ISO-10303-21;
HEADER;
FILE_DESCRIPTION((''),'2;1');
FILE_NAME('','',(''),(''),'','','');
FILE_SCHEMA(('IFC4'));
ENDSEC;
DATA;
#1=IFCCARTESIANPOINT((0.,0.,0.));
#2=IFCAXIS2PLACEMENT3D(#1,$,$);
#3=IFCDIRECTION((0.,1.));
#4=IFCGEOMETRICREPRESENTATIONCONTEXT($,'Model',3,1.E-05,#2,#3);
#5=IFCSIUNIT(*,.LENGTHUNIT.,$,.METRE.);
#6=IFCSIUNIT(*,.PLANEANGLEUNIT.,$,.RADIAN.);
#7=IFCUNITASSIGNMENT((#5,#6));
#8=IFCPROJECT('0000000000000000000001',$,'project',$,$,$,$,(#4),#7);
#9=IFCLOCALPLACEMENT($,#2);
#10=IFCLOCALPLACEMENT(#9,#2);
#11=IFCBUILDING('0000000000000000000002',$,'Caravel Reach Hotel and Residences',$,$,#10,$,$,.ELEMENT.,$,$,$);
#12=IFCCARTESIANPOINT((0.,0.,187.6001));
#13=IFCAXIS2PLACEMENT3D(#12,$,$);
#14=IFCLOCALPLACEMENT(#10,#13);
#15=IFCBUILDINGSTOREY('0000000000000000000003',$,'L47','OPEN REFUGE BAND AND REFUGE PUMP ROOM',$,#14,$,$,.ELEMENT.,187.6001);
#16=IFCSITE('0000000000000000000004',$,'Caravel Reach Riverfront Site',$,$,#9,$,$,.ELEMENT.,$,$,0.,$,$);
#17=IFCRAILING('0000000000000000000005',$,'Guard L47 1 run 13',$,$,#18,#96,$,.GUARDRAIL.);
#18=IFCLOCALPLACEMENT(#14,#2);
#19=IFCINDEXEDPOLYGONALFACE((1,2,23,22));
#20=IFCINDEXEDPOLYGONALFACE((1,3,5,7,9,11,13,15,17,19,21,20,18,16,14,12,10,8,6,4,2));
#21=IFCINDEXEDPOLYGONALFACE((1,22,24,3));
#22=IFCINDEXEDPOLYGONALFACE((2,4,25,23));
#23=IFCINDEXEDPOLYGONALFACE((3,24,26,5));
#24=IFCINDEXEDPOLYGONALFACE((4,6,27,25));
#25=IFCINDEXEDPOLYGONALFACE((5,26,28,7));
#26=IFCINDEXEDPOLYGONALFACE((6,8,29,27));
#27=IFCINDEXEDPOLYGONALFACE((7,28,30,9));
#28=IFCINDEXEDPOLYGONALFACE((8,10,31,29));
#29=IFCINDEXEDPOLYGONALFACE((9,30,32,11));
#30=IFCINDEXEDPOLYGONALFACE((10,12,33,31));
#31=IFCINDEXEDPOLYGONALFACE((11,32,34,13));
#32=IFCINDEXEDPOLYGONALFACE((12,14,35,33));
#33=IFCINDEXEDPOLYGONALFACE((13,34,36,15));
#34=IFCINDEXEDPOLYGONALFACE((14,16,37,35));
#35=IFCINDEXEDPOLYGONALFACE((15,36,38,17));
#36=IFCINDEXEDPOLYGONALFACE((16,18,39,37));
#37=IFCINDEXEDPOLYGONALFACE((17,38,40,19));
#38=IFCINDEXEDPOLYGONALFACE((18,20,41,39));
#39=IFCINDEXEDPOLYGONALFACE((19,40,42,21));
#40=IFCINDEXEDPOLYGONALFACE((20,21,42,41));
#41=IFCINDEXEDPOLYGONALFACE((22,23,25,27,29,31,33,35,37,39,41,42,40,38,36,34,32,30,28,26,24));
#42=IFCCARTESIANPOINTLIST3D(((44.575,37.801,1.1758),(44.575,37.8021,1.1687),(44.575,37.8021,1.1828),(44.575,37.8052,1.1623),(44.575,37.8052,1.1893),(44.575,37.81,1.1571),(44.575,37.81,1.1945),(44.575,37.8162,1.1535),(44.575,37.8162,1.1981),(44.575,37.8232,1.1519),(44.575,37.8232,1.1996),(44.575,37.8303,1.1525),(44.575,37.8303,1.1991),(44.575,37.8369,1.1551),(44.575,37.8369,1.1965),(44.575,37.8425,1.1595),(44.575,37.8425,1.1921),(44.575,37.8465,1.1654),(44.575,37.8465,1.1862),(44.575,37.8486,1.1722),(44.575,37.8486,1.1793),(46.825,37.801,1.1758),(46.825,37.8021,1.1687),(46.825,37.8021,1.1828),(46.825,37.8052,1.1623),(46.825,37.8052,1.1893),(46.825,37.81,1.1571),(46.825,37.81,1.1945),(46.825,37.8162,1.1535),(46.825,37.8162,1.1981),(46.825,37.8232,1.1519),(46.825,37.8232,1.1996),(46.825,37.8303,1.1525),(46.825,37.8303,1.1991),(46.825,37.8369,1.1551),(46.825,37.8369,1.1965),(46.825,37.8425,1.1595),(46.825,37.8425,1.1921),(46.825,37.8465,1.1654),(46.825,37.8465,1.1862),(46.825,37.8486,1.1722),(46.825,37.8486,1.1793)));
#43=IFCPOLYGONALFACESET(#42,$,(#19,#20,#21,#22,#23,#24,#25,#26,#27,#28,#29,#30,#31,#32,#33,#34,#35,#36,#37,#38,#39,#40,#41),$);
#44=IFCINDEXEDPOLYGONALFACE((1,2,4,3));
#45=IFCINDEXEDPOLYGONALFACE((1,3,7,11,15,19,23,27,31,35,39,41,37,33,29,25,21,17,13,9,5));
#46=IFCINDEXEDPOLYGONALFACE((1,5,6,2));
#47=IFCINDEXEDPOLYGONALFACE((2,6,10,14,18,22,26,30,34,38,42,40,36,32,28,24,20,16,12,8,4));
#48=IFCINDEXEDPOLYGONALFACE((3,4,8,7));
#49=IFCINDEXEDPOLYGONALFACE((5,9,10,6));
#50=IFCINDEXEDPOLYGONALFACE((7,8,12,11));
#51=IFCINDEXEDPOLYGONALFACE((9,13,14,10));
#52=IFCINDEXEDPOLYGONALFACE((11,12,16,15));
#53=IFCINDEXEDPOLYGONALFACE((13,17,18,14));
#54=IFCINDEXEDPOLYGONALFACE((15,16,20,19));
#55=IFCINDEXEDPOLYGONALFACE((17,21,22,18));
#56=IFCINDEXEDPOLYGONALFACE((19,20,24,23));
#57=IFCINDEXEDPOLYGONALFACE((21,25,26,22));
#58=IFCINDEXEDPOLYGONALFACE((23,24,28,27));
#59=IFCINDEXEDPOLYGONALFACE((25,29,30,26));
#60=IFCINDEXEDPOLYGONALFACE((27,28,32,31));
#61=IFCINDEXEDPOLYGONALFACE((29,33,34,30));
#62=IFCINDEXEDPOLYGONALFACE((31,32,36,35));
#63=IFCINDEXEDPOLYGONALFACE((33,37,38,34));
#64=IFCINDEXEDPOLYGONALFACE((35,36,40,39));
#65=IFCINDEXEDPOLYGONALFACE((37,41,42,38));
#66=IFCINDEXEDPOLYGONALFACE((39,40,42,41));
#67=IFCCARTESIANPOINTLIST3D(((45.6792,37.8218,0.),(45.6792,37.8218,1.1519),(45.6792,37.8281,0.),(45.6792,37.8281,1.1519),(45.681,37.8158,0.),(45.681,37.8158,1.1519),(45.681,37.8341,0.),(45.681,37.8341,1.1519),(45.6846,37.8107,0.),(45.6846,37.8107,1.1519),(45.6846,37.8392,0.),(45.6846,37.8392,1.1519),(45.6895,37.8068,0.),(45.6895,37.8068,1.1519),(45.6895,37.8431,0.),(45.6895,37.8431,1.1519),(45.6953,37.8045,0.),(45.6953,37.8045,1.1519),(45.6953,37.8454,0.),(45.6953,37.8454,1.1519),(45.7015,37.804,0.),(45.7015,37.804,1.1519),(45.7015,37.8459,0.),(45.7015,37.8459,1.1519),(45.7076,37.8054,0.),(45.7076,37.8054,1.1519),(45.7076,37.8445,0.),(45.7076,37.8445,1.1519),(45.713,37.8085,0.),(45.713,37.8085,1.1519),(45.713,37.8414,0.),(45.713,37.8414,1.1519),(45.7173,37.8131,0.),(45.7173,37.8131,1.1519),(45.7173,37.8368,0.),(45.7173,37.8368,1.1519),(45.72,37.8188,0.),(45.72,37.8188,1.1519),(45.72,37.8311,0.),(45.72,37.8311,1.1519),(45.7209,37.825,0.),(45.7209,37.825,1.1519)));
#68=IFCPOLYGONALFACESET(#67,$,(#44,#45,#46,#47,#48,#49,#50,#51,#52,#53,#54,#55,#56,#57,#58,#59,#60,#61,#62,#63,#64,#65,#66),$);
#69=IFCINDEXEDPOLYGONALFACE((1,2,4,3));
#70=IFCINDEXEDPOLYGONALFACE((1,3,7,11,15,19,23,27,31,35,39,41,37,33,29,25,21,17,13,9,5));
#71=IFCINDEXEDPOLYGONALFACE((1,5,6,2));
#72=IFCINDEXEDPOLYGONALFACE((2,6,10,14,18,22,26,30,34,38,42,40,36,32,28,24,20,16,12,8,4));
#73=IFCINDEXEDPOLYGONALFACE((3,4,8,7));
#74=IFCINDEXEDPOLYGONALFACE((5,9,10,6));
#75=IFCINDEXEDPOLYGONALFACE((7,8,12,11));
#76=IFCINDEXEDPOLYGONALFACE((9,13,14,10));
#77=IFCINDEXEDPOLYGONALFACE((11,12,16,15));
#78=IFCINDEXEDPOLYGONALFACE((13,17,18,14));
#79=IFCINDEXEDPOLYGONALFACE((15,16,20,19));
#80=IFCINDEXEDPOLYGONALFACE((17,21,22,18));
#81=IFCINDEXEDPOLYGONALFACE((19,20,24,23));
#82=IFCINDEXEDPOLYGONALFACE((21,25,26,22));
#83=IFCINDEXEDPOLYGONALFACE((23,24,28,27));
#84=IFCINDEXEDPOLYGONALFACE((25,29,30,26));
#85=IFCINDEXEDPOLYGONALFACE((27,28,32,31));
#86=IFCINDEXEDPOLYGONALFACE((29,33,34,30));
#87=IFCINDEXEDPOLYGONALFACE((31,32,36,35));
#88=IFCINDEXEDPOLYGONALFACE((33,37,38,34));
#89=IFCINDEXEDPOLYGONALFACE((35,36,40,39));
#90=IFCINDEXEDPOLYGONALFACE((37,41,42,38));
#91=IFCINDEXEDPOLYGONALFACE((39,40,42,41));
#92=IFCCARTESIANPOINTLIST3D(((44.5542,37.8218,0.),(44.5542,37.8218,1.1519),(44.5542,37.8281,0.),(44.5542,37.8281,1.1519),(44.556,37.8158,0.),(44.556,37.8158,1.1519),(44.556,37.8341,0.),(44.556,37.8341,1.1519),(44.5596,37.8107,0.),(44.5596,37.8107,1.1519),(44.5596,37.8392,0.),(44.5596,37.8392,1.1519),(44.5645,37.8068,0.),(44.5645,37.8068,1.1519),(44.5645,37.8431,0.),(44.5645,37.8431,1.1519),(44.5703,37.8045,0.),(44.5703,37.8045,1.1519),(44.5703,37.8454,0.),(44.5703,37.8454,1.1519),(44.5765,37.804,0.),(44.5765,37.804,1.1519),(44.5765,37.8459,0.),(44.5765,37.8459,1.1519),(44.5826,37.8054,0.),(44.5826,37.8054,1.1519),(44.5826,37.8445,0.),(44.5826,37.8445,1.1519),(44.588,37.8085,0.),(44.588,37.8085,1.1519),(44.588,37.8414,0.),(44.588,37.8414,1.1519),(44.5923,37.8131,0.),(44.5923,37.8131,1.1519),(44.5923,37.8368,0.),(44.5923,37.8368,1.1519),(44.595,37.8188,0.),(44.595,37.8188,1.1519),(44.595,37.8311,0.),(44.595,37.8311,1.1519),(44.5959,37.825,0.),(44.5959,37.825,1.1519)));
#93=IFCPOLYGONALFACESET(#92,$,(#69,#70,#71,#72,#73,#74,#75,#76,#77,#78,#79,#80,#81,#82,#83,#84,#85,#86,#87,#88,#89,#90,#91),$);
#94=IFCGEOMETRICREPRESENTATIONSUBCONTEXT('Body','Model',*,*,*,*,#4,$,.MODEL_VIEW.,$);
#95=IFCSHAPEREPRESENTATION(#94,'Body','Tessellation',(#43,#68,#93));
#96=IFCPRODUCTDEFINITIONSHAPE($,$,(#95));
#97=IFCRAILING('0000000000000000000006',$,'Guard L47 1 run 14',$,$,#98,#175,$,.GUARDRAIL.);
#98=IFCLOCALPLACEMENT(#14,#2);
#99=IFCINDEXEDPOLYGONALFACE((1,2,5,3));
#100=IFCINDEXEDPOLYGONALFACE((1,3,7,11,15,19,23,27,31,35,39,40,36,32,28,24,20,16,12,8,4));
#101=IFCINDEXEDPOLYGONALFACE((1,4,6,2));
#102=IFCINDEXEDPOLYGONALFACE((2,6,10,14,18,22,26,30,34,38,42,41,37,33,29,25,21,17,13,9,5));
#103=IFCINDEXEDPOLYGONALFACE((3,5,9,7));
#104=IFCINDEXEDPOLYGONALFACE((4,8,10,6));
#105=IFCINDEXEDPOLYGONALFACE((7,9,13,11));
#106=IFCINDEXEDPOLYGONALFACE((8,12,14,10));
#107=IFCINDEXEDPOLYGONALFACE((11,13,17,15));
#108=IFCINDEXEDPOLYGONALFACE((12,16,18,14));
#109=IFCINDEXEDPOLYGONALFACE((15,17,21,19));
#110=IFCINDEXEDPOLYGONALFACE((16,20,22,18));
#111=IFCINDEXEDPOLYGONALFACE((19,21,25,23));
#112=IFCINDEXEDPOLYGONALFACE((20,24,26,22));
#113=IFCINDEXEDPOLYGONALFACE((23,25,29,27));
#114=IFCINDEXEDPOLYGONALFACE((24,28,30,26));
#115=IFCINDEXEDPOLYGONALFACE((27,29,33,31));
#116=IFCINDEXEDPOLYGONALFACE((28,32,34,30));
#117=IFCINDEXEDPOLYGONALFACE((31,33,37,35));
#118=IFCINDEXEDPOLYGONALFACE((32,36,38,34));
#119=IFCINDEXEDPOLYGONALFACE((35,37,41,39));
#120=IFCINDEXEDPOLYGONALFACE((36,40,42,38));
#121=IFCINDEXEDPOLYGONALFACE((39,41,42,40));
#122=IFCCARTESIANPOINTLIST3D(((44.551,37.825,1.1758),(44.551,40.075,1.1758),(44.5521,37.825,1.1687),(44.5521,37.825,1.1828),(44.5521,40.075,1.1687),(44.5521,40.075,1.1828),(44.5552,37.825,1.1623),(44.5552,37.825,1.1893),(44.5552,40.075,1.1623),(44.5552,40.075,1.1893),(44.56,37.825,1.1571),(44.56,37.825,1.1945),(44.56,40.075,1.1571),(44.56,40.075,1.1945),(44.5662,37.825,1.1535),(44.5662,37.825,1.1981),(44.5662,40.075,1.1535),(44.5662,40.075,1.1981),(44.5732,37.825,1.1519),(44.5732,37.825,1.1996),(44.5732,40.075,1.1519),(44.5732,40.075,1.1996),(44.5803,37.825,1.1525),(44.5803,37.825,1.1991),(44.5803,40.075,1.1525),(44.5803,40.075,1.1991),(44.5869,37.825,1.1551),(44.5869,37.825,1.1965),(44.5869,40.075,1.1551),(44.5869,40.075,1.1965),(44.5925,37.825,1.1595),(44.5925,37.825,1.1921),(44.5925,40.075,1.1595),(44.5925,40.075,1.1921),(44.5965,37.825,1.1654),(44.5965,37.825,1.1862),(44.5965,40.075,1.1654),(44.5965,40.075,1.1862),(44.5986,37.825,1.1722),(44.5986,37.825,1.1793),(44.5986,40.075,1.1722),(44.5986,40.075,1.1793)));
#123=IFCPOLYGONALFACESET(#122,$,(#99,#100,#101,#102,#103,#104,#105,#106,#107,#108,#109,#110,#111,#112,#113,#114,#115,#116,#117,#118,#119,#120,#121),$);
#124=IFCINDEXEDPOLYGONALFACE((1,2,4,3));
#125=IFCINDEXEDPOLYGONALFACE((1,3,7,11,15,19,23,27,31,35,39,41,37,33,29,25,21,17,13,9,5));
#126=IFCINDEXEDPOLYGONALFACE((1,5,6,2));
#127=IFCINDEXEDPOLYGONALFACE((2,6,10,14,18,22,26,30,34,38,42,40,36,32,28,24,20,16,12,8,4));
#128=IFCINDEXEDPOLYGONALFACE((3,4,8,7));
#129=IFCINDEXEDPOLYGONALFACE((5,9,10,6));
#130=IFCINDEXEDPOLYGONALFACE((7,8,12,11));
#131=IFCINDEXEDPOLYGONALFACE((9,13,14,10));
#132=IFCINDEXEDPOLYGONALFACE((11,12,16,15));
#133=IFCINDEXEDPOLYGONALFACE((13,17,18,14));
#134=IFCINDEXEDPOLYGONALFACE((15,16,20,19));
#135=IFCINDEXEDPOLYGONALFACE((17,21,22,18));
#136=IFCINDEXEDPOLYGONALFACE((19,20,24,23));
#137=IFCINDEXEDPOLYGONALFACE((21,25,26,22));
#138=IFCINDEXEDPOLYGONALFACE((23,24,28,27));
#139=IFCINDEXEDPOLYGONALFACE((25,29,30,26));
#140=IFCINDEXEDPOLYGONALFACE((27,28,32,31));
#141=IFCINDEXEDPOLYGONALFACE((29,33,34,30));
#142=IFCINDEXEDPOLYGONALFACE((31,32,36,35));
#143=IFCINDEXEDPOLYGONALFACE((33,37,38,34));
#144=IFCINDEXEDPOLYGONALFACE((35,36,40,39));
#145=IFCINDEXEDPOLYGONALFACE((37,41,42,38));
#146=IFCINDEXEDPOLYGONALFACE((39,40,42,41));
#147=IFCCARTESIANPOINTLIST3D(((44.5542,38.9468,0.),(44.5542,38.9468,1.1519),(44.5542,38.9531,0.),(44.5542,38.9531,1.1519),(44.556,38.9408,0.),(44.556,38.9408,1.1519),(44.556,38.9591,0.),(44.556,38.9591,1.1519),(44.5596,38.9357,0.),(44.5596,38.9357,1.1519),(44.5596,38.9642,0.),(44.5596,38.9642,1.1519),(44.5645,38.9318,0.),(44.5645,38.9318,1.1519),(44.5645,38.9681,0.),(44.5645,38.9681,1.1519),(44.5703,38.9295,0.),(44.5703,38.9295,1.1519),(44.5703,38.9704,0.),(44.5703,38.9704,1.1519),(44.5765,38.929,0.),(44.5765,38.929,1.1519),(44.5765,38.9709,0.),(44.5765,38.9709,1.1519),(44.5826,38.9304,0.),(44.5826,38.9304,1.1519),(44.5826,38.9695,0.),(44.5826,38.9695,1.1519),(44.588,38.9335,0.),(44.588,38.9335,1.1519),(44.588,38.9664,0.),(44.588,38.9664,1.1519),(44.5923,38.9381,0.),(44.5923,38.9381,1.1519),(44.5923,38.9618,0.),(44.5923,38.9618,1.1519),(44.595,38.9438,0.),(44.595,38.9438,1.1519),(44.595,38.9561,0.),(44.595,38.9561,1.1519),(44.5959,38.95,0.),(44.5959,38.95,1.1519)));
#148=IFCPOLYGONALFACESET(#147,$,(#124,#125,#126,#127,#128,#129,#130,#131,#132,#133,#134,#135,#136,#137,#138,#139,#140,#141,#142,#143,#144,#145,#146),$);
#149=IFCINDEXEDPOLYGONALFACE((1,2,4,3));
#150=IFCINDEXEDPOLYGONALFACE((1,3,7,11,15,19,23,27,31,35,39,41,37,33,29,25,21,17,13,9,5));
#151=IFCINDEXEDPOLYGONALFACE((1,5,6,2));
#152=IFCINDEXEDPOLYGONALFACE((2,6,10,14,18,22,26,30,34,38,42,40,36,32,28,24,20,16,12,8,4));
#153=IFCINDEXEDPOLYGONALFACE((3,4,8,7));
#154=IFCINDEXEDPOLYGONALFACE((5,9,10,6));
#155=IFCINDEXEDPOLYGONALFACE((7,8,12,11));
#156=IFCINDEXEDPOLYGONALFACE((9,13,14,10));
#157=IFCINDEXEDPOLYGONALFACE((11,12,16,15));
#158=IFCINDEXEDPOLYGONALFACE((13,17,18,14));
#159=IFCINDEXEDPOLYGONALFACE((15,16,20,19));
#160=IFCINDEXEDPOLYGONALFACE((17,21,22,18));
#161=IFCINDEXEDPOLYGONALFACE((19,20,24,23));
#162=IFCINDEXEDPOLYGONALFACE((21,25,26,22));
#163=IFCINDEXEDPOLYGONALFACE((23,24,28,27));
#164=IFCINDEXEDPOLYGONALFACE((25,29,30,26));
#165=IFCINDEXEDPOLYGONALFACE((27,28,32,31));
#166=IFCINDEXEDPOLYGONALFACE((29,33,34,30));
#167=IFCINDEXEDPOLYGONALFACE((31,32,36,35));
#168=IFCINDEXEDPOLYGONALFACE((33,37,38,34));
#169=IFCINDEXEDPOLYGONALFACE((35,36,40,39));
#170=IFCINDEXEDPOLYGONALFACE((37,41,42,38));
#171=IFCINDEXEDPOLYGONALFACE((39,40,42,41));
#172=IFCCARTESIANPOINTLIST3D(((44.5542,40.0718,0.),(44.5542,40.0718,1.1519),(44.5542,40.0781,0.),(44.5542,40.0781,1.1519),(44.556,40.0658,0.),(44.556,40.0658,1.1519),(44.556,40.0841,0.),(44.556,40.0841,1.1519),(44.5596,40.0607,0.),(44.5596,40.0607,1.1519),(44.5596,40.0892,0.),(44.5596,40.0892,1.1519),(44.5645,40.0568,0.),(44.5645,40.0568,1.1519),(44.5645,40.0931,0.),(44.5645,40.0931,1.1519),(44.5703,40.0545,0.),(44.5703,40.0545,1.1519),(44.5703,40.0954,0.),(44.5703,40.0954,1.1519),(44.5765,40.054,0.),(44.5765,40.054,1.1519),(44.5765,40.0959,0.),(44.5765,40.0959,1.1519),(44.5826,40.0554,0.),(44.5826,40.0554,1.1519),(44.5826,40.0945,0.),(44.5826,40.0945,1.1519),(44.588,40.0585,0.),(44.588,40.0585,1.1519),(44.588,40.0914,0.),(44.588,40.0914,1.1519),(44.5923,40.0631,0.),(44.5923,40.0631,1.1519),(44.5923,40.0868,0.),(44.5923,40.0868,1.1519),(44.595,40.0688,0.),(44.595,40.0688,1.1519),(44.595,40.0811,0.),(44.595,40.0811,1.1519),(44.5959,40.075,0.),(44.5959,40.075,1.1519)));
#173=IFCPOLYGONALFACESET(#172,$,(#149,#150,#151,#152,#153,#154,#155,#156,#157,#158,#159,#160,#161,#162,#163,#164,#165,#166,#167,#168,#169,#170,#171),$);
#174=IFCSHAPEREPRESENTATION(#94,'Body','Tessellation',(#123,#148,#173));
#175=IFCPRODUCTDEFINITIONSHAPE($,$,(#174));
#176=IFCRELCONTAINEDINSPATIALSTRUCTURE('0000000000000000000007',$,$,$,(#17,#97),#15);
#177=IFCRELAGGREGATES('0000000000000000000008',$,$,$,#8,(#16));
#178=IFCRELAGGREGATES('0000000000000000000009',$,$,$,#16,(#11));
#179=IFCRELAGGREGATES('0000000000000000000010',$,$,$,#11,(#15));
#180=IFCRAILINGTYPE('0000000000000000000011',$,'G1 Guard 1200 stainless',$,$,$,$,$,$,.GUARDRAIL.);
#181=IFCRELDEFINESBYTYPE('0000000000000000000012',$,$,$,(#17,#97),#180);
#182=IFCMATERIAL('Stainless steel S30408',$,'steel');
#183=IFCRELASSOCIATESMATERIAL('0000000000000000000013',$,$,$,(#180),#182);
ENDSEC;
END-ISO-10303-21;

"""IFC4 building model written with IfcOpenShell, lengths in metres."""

from ifc_helpers import new_model, si_unit, direction, frame, origin, origin_2d, place, context, subcontext, project, spatial, circle, extrude, material, type_object, element, save


model = new_model("IFC4")

# Units and contexts
model_context = context("Model", 3, precision=1e-05, world=origin(), true_north=direction((0.0, 1.0)))
body_context = subcontext(model_context, "Body", "Model", "MODEL_VIEW")
ifc_project = project(units=[si_unit("LENGTHUNIT", "METRE"), si_unit("PLANEANGLEUNIT", "RADIAN")], contexts=[model_context])

# Site, building, storey
site_placement = place(None, origin())
site = spatial("IfcSite", under=ifc_project, at=site_placement, Name="Caravel Reach Riverfront Site", CompositionType="ELEMENT", RefElevation=0.0)
building_placement = place(site_placement, origin())
building = spatial("IfcBuilding", under=site, at=building_placement, Name="Caravel Reach Hotel and Residences", CompositionType="ELEMENT")
storey_placement = place(building_placement, frame((0.0, 0.0, 187.6001)))
storey = spatial("IfcBuildingStorey", under=building, at=storey_placement, Name="L47", Description="OPEN REFUGE BAND AND REFUGE PUMP ROOM", CompositionType="ELEMENT", Elevation=187.6001)

# Railings
ifc_material_1 = material(Name="Stainless steel S30408", Category="steel")
railing_type = type_object("IfcRailingType", Name="G1 Guard 1200 stainless", PredefinedType="GUARDRAIL", material=ifc_material_1)
railing_1_placement = place(storey_placement, frame((46.825, 37.825, 0.0)))
element("IfcRailing", 1, at=railing_1_placement, inside=storey, type_object=railing_type, Name="Guard L47 1 run 13", PredefinedType="GUARDRAIL", context=body_context, shape_type="SweptSolid", body=[
    extrude(circle(Radius=0.0239, at=origin_2d()), frame((0.0, 0.0, 1.1758), z_axis=(-1.0, 0.0, 0.0), x_axis=(0.0, -1.0, 0.0)), (0.0, 0.0, 1.0), 2.25),
    extrude(circle(Radius=0.021, at=origin_2d()), frame((-1.125, 0.0, 0.0)), (0.0, 0.0, 1.0), 1.1519),
    extrude(circle(Radius=0.021, at=origin_2d()), frame((-2.25, 0.0, 0.0)), (0.0, 0.0, 1.0), 1.1519),
])
railing_2_placement = place(storey_placement, frame((44.575, 37.825, 0.0)))
element("IfcRailing", 2, at=railing_2_placement, inside=storey, type_object=railing_type, Name="Guard L47 1 run 14", PredefinedType="GUARDRAIL", context=body_context, shape_type="SweptSolid", body=[
    extrude(circle(Radius=0.0239, at=origin_2d()), frame((0.0, 0.0, 1.1758), z_axis=(0.0, 1.0, 0.0), x_axis=(-1.0, 0.0, 0.0)), (0.0, 0.0, 1.0), 2.25),
    extrude(circle(Radius=0.021, at=origin_2d()), frame((0.0, 1.125, 0.0)), (0.0, 0.0, 1.0), 1.1519),
    extrude(circle(Radius=0.021, at=origin_2d()), frame((0.0, 2.25, 0.0)), (0.0, 0.0, 1.0), 1.1519),
])

save(model, "model.ifc")
